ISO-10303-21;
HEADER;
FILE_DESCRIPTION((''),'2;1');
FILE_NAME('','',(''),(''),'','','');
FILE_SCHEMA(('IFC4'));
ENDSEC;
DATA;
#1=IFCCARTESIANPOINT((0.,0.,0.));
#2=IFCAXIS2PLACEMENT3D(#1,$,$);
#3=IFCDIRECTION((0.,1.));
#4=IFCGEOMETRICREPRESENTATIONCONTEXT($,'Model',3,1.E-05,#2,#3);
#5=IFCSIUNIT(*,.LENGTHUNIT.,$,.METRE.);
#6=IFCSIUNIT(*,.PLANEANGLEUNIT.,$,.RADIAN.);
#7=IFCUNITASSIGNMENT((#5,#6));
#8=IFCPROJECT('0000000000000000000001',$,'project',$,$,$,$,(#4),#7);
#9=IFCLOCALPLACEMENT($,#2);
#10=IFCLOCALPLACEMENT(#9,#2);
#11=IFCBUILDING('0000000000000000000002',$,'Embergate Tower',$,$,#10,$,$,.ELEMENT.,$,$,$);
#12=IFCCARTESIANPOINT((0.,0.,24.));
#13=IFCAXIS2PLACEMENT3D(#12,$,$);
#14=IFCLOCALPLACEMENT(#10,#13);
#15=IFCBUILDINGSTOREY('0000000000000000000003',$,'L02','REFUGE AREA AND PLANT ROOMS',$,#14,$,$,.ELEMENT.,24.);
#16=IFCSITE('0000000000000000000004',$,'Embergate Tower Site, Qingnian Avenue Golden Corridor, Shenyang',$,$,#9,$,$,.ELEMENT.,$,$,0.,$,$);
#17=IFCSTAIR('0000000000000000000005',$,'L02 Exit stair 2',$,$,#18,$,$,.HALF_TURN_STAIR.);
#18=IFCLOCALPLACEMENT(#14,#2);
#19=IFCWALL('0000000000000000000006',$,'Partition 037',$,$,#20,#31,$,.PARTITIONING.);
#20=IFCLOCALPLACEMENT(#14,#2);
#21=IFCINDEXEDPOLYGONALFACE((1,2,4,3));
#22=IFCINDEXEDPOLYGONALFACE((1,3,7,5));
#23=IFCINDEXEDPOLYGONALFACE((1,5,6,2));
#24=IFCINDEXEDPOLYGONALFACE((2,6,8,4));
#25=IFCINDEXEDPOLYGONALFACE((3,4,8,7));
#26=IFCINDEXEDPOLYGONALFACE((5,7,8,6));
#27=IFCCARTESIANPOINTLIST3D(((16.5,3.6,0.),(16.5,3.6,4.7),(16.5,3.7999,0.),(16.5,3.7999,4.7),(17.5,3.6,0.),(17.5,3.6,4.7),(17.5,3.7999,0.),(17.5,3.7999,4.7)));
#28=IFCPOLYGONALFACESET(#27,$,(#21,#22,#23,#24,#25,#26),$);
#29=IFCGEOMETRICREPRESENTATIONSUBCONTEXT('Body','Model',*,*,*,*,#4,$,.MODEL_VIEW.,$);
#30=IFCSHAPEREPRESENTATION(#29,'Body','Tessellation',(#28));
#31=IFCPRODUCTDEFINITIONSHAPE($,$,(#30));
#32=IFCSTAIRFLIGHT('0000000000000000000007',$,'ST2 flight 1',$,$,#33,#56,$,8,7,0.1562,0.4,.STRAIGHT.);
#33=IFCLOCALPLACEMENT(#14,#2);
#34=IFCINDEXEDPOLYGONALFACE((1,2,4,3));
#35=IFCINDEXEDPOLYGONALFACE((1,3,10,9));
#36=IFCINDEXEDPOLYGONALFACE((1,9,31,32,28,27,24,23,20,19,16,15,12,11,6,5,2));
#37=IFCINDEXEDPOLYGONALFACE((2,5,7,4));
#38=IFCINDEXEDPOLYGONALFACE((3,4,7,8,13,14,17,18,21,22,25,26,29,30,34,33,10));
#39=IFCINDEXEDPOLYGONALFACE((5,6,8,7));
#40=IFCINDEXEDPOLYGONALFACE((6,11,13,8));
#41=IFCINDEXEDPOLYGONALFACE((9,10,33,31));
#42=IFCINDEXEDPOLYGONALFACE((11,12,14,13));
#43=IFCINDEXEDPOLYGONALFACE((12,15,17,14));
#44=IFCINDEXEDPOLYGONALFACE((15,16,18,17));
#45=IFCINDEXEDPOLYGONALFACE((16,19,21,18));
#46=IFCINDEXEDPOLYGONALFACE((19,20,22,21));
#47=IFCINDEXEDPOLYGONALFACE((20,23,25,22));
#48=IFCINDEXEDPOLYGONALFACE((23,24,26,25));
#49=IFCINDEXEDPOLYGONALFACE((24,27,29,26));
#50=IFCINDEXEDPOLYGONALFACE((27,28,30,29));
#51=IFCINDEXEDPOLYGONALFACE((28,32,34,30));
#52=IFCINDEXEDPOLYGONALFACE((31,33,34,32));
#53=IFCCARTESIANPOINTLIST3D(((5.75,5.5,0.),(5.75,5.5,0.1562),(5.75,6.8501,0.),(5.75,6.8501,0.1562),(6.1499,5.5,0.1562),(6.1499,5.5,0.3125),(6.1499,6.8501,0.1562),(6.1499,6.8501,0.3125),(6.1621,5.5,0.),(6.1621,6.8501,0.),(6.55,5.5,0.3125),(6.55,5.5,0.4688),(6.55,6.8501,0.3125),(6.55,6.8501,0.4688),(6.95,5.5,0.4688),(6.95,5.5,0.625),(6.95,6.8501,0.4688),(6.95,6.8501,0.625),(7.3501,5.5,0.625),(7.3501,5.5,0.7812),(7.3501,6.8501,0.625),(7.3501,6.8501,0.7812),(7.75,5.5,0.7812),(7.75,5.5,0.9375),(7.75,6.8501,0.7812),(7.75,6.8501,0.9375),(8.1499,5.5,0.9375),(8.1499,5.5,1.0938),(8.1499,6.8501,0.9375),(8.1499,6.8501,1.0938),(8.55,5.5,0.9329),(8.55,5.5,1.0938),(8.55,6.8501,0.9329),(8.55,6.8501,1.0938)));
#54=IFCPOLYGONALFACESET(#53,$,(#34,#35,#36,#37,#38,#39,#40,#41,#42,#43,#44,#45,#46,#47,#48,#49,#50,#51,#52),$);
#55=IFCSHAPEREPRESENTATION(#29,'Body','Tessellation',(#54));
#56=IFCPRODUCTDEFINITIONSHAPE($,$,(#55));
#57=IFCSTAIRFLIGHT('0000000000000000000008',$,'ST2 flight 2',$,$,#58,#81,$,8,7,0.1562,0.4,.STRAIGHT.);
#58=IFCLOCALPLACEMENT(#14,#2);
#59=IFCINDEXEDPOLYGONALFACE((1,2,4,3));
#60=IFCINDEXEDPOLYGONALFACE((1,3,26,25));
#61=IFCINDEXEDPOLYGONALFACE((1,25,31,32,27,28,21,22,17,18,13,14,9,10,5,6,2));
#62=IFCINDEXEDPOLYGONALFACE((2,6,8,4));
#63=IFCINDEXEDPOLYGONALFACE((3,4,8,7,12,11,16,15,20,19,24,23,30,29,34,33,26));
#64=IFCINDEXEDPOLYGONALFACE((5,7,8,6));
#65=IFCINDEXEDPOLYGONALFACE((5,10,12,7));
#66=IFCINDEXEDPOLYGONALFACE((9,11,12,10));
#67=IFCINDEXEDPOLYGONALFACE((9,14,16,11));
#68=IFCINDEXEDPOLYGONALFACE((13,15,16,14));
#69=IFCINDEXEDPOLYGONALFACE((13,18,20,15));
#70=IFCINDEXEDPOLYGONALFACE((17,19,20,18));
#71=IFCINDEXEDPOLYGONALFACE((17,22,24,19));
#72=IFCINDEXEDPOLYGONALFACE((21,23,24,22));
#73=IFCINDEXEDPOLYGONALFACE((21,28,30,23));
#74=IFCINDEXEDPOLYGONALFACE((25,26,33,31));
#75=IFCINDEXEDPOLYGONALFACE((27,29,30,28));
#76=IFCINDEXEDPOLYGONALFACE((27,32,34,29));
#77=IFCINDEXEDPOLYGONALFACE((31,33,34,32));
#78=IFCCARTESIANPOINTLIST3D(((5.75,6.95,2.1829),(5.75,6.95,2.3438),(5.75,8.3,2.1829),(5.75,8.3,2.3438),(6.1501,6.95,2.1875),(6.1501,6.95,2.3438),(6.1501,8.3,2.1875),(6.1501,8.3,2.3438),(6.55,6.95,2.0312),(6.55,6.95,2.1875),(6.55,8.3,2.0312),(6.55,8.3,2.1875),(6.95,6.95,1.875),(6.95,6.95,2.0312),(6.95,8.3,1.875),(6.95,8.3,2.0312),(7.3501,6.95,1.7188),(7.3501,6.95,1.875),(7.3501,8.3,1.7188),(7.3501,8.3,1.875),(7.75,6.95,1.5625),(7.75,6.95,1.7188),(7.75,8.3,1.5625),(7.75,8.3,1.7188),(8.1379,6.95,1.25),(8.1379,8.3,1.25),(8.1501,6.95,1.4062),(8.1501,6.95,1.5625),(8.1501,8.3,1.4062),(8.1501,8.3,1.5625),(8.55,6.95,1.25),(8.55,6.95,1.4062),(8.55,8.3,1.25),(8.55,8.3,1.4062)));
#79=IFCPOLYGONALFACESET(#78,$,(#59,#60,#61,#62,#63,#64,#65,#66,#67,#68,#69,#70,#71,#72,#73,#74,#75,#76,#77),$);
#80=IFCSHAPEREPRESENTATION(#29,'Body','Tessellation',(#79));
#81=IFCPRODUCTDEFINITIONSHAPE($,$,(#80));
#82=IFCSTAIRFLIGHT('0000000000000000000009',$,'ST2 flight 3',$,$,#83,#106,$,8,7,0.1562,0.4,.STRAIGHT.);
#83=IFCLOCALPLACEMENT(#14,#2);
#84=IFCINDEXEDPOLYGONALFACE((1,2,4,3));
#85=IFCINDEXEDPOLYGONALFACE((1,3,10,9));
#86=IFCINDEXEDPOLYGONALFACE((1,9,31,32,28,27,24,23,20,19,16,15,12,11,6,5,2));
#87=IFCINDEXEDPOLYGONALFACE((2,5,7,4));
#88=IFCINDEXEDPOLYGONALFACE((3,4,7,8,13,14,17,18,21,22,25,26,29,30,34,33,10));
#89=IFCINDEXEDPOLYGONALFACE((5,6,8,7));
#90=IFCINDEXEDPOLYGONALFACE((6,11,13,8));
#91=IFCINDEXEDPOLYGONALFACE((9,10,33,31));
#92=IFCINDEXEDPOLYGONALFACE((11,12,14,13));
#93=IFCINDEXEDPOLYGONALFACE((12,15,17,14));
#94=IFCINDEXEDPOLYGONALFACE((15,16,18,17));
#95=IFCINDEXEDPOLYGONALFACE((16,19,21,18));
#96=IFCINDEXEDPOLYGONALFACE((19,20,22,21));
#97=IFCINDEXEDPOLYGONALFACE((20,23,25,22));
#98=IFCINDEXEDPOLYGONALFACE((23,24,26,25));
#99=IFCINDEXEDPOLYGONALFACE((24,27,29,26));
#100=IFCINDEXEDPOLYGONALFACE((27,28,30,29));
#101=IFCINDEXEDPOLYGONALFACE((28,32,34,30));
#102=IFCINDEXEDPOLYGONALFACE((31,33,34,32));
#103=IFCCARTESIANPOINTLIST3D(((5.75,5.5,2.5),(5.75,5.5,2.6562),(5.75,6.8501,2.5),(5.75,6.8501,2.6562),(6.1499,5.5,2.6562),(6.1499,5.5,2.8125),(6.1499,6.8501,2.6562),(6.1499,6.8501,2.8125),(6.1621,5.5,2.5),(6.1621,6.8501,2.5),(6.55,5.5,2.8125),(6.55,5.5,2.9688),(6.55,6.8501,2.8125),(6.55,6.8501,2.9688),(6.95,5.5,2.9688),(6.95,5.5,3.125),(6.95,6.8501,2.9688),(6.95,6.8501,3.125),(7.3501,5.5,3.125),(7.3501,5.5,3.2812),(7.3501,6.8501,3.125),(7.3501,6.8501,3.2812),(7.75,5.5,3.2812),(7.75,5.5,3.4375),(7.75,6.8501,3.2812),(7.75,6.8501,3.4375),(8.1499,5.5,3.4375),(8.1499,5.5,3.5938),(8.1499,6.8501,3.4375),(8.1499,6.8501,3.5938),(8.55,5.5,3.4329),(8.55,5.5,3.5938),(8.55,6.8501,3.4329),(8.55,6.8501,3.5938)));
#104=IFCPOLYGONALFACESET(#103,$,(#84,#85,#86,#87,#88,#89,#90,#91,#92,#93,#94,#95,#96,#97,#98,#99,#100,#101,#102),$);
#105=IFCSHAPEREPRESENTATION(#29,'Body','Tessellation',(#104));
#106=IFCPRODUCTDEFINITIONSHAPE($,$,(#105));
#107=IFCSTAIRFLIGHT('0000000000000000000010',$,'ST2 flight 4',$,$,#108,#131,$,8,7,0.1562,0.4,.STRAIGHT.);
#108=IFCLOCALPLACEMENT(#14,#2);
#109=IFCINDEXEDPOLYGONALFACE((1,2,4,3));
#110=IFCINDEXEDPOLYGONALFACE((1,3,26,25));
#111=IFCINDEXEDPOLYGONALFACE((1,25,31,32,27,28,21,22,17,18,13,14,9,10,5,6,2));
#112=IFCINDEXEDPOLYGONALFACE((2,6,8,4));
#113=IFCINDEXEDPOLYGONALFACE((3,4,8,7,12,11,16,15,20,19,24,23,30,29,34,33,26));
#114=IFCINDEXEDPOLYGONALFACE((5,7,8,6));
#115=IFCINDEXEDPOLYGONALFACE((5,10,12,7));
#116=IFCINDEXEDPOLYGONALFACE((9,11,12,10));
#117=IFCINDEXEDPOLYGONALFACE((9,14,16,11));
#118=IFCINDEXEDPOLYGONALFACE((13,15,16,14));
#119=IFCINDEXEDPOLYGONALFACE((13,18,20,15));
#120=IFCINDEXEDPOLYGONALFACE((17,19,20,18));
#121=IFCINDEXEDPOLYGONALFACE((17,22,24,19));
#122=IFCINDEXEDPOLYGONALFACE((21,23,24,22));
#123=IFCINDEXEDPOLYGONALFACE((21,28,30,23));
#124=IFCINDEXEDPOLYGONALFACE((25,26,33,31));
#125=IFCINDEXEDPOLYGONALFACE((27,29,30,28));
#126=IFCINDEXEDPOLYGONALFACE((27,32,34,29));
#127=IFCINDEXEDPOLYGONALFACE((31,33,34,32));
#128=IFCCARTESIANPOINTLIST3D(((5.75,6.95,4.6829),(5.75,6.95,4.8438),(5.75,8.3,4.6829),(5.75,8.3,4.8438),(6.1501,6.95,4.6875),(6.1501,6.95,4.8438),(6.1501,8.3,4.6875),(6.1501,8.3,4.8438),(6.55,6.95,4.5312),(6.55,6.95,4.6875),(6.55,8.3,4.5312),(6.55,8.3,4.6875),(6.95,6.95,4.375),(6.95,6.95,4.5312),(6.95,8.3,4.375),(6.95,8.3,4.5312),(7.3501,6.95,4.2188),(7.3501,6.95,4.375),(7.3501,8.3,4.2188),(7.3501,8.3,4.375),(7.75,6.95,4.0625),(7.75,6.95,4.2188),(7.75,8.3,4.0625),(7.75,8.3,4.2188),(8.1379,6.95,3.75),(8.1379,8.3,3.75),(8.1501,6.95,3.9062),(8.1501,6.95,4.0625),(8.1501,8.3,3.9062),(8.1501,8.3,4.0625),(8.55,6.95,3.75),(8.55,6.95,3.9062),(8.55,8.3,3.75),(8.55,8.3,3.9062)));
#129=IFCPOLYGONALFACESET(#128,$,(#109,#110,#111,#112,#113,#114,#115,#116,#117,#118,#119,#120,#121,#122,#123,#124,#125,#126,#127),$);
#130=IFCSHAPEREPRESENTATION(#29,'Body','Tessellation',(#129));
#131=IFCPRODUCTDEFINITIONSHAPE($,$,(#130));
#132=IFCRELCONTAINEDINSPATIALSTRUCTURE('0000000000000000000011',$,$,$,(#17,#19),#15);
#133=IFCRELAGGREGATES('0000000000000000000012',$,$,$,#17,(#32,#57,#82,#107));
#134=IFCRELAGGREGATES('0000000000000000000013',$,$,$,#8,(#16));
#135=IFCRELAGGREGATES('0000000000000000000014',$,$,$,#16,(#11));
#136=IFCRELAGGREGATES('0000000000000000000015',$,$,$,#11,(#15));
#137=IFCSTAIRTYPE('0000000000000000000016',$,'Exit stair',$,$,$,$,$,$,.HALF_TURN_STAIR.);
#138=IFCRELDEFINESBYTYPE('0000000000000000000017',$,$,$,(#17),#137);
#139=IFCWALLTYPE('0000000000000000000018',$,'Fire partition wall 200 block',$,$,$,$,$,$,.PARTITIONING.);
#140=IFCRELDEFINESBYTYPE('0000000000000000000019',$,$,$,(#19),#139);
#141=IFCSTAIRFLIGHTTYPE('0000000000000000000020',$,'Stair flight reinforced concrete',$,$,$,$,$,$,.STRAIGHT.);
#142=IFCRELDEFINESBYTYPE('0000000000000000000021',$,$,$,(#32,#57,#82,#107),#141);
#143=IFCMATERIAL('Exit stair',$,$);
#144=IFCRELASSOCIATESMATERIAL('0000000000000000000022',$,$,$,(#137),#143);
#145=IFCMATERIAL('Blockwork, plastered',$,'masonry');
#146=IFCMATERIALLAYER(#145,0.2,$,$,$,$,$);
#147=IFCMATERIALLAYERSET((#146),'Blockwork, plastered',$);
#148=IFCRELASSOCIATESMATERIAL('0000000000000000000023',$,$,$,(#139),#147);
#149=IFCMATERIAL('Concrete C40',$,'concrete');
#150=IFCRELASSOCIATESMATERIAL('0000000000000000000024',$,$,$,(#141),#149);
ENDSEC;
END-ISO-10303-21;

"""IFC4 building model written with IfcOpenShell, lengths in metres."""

from ifc_helpers import new_model, si_unit, direction, frame, frame_2d, origin, place, context, subcontext, project, spatial, polyline, rectangle, outline, extrude, source, transform, mapped, material, layer, layer_set, type_object, element, aggregate, save


model = new_model("IFC4")

# Units and contexts
model_context = context("Model", 3, precision=1e-05, world=origin(), true_north=direction((0.0, 1.0)))
body_context = subcontext(model_context, "Body", "Model", "MODEL_VIEW")
ifc_project = project(units=[si_unit("LENGTHUNIT", "METRE"), si_unit("PLANEANGLEUNIT", "RADIAN")], contexts=[model_context])

# Site, building, storey
site_placement = place(None, origin())
site = spatial("IfcSite", under=ifc_project, at=site_placement, Name="Embergate Tower Site, Qingnian Avenue Golden Corridor, Shenyang", CompositionType="ELEMENT", RefElevation=0.0)
building_placement = place(site_placement, origin())
building = spatial("IfcBuilding", under=site, at=building_placement, Name="Embergate Tower", CompositionType="ELEMENT")
storey_placement = place(building_placement, frame((0.0, 0.0, 24.0)))
storey = spatial("IfcBuildingStorey", under=building, at=storey_placement, Name="L02", Description="REFUGE AREA AND PLANT ROOMS", CompositionType="ELEMENT", Elevation=24.0)

# Stair
ifc_material_1 = material(Name="Exit stair")
stair_type = type_object("IfcStairType", Name="Exit stair", PredefinedType="HALF_TURN_STAIR", material=ifc_material_1)
stair_placement = place(storey_placement, origin())
stair = element("IfcStair", 1, at=stair_placement, inside=storey, type_object=stair_type, Name="L02 Exit stair 2", PredefinedType="HALF_TURN_STAIR")
ifc_material_2 = material(Name="Concrete C40", Category="concrete")

# Wall
ifc_material_3 = material(Name="Blockwork, plastered", Category="masonry")
ifc_layer_1 = layer(ifc_material_3, 0.2)
ifc_layer_set_1 = layer_set([ifc_layer_1], Name="Blockwork, plastered")
wall_type_1 = type_object("IfcWallType", Name="Fire partition wall 200 block", PredefinedType="PARTITIONING", material=ifc_layer_set_1)
shared_shape_1 = source(origin(), body_context, "Body", "SweptSolid", [
    extrude(rectangle(XDim=1.0, YDim=0.2, at=frame_2d((0.5, 0.0))), origin(), (0.0, 0.0, 1.0), 4.7),
])
wall_1_placement = place(storey_placement, frame((17.5, 3.7, 0.0), z_axis=(0.0, 0.0, 1.0), x_axis=(-1.0, 0.0, 0.0)))
element("IfcWall", 2, at=wall_1_placement, inside=storey, type_object=wall_type_1, Name="Partition 037", PredefinedType="PARTITIONING", context=body_context, shape_type="MappedRepresentation", body=[
    mapped(shared_shape_1, transform((0.0, 0.0, 0.0))),
])

# Stair flights
stair_flight_type = type_object("IfcStairFlightType", Name="Stair flight reinforced concrete", PredefinedType="STRAIGHT", material=ifc_material_2)
shared_shape_2 = source(origin(), body_context, "Body", "SweptSolid", [
    extrude(outline(polyline([(0.0, 0.0), (0.0, 0.1562), (0.3999, 0.1562), (0.3999, 0.3125), (0.8, 0.3125), (0.8, 0.4688), (1.2, 0.4688), (1.2, 0.625), (1.6001, 0.625), (1.6001, 0.7812), (2.0, 0.7812), (2.0, 0.9375), (2.3999, 0.9375), (2.3999, 1.0938), (2.8, 1.0938), (2.8, 1.25), (2.8, 0.9329), (0.4121, 0.0), (0.0, 0.0)])), frame((0.0, 0.675, 0.0), z_axis=(0.0, -1.0, 0.0), x_axis=(1.0, 0.0, 0.0)), (0.0, 0.0, 1.0), 1.3501),
])
stair_flight_1_placement = place(storey_placement, frame((5.75, 6.175, 0.0), z_axis=(0.0, 0.0, 1.0), x_axis=(1.0, 0.0, 0.0)))
stair_flight_1 = element("IfcStairFlight", 3, at=stair_flight_1_placement, type_object=stair_flight_type, Name="ST2 flight 1", NumberOfRisers=8, NumberOfTreads=7, PredefinedType="STRAIGHT", RiserHeight=0.1562, TreadLength=0.4, context=body_context, shape_type="MappedRepresentation", body=[
    mapped(shared_shape_2, transform((0.0, 0.0, 0.0))),
])
stair_flight_2_placement = place(storey_placement, frame((8.55, 7.625, 1.25), z_axis=(0.0, 0.0, 1.0), x_axis=(-1.0, 0.0, 0.0)))
stair_flight_2 = element("IfcStairFlight", 4, at=stair_flight_2_placement, type_object=stair_flight_type, Name="ST2 flight 2", NumberOfRisers=8, NumberOfTreads=7, PredefinedType="STRAIGHT", RiserHeight=0.1562, TreadLength=0.4, context=body_context, shape_type="MappedRepresentation", body=[
    mapped(shared_shape_2, transform((0.0, 0.0, 0.0))),
])
stair_flight_3_placement = place(storey_placement, frame((5.75, 6.175, 2.5), z_axis=(0.0, 0.0, 1.0), x_axis=(1.0, 0.0, 0.0)))
stair_flight_3 = element("IfcStairFlight", 5, at=stair_flight_3_placement, type_object=stair_flight_type, Name="ST2 flight 3", NumberOfRisers=8, NumberOfTreads=7, PredefinedType="STRAIGHT", RiserHeight=0.1562, TreadLength=0.4, context=body_context, shape_type="MappedRepresentation", body=[
    mapped(shared_shape_2, transform((0.0, 0.0, 0.0))),
])
stair_flight_4_placement = place(storey_placement, frame((8.55, 7.625, 3.75), z_axis=(0.0, 0.0, 1.0), x_axis=(-1.0, 0.0, 0.0)))
stair_flight_4 = element("IfcStairFlight", 6, at=stair_flight_4_placement, type_object=stair_flight_type, Name="ST2 flight 4", NumberOfRisers=8, NumberOfTreads=7, PredefinedType="STRAIGHT", RiserHeight=0.1562, TreadLength=0.4, context=body_context, shape_type="MappedRepresentation", body=[
    mapped(shared_shape_2, transform((0.0, 0.0, 0.0))),
])
aggregate(stair, [stair_flight_1, stair_flight_2, stair_flight_3, stair_flight_4])

save(model, "model.ifc")
